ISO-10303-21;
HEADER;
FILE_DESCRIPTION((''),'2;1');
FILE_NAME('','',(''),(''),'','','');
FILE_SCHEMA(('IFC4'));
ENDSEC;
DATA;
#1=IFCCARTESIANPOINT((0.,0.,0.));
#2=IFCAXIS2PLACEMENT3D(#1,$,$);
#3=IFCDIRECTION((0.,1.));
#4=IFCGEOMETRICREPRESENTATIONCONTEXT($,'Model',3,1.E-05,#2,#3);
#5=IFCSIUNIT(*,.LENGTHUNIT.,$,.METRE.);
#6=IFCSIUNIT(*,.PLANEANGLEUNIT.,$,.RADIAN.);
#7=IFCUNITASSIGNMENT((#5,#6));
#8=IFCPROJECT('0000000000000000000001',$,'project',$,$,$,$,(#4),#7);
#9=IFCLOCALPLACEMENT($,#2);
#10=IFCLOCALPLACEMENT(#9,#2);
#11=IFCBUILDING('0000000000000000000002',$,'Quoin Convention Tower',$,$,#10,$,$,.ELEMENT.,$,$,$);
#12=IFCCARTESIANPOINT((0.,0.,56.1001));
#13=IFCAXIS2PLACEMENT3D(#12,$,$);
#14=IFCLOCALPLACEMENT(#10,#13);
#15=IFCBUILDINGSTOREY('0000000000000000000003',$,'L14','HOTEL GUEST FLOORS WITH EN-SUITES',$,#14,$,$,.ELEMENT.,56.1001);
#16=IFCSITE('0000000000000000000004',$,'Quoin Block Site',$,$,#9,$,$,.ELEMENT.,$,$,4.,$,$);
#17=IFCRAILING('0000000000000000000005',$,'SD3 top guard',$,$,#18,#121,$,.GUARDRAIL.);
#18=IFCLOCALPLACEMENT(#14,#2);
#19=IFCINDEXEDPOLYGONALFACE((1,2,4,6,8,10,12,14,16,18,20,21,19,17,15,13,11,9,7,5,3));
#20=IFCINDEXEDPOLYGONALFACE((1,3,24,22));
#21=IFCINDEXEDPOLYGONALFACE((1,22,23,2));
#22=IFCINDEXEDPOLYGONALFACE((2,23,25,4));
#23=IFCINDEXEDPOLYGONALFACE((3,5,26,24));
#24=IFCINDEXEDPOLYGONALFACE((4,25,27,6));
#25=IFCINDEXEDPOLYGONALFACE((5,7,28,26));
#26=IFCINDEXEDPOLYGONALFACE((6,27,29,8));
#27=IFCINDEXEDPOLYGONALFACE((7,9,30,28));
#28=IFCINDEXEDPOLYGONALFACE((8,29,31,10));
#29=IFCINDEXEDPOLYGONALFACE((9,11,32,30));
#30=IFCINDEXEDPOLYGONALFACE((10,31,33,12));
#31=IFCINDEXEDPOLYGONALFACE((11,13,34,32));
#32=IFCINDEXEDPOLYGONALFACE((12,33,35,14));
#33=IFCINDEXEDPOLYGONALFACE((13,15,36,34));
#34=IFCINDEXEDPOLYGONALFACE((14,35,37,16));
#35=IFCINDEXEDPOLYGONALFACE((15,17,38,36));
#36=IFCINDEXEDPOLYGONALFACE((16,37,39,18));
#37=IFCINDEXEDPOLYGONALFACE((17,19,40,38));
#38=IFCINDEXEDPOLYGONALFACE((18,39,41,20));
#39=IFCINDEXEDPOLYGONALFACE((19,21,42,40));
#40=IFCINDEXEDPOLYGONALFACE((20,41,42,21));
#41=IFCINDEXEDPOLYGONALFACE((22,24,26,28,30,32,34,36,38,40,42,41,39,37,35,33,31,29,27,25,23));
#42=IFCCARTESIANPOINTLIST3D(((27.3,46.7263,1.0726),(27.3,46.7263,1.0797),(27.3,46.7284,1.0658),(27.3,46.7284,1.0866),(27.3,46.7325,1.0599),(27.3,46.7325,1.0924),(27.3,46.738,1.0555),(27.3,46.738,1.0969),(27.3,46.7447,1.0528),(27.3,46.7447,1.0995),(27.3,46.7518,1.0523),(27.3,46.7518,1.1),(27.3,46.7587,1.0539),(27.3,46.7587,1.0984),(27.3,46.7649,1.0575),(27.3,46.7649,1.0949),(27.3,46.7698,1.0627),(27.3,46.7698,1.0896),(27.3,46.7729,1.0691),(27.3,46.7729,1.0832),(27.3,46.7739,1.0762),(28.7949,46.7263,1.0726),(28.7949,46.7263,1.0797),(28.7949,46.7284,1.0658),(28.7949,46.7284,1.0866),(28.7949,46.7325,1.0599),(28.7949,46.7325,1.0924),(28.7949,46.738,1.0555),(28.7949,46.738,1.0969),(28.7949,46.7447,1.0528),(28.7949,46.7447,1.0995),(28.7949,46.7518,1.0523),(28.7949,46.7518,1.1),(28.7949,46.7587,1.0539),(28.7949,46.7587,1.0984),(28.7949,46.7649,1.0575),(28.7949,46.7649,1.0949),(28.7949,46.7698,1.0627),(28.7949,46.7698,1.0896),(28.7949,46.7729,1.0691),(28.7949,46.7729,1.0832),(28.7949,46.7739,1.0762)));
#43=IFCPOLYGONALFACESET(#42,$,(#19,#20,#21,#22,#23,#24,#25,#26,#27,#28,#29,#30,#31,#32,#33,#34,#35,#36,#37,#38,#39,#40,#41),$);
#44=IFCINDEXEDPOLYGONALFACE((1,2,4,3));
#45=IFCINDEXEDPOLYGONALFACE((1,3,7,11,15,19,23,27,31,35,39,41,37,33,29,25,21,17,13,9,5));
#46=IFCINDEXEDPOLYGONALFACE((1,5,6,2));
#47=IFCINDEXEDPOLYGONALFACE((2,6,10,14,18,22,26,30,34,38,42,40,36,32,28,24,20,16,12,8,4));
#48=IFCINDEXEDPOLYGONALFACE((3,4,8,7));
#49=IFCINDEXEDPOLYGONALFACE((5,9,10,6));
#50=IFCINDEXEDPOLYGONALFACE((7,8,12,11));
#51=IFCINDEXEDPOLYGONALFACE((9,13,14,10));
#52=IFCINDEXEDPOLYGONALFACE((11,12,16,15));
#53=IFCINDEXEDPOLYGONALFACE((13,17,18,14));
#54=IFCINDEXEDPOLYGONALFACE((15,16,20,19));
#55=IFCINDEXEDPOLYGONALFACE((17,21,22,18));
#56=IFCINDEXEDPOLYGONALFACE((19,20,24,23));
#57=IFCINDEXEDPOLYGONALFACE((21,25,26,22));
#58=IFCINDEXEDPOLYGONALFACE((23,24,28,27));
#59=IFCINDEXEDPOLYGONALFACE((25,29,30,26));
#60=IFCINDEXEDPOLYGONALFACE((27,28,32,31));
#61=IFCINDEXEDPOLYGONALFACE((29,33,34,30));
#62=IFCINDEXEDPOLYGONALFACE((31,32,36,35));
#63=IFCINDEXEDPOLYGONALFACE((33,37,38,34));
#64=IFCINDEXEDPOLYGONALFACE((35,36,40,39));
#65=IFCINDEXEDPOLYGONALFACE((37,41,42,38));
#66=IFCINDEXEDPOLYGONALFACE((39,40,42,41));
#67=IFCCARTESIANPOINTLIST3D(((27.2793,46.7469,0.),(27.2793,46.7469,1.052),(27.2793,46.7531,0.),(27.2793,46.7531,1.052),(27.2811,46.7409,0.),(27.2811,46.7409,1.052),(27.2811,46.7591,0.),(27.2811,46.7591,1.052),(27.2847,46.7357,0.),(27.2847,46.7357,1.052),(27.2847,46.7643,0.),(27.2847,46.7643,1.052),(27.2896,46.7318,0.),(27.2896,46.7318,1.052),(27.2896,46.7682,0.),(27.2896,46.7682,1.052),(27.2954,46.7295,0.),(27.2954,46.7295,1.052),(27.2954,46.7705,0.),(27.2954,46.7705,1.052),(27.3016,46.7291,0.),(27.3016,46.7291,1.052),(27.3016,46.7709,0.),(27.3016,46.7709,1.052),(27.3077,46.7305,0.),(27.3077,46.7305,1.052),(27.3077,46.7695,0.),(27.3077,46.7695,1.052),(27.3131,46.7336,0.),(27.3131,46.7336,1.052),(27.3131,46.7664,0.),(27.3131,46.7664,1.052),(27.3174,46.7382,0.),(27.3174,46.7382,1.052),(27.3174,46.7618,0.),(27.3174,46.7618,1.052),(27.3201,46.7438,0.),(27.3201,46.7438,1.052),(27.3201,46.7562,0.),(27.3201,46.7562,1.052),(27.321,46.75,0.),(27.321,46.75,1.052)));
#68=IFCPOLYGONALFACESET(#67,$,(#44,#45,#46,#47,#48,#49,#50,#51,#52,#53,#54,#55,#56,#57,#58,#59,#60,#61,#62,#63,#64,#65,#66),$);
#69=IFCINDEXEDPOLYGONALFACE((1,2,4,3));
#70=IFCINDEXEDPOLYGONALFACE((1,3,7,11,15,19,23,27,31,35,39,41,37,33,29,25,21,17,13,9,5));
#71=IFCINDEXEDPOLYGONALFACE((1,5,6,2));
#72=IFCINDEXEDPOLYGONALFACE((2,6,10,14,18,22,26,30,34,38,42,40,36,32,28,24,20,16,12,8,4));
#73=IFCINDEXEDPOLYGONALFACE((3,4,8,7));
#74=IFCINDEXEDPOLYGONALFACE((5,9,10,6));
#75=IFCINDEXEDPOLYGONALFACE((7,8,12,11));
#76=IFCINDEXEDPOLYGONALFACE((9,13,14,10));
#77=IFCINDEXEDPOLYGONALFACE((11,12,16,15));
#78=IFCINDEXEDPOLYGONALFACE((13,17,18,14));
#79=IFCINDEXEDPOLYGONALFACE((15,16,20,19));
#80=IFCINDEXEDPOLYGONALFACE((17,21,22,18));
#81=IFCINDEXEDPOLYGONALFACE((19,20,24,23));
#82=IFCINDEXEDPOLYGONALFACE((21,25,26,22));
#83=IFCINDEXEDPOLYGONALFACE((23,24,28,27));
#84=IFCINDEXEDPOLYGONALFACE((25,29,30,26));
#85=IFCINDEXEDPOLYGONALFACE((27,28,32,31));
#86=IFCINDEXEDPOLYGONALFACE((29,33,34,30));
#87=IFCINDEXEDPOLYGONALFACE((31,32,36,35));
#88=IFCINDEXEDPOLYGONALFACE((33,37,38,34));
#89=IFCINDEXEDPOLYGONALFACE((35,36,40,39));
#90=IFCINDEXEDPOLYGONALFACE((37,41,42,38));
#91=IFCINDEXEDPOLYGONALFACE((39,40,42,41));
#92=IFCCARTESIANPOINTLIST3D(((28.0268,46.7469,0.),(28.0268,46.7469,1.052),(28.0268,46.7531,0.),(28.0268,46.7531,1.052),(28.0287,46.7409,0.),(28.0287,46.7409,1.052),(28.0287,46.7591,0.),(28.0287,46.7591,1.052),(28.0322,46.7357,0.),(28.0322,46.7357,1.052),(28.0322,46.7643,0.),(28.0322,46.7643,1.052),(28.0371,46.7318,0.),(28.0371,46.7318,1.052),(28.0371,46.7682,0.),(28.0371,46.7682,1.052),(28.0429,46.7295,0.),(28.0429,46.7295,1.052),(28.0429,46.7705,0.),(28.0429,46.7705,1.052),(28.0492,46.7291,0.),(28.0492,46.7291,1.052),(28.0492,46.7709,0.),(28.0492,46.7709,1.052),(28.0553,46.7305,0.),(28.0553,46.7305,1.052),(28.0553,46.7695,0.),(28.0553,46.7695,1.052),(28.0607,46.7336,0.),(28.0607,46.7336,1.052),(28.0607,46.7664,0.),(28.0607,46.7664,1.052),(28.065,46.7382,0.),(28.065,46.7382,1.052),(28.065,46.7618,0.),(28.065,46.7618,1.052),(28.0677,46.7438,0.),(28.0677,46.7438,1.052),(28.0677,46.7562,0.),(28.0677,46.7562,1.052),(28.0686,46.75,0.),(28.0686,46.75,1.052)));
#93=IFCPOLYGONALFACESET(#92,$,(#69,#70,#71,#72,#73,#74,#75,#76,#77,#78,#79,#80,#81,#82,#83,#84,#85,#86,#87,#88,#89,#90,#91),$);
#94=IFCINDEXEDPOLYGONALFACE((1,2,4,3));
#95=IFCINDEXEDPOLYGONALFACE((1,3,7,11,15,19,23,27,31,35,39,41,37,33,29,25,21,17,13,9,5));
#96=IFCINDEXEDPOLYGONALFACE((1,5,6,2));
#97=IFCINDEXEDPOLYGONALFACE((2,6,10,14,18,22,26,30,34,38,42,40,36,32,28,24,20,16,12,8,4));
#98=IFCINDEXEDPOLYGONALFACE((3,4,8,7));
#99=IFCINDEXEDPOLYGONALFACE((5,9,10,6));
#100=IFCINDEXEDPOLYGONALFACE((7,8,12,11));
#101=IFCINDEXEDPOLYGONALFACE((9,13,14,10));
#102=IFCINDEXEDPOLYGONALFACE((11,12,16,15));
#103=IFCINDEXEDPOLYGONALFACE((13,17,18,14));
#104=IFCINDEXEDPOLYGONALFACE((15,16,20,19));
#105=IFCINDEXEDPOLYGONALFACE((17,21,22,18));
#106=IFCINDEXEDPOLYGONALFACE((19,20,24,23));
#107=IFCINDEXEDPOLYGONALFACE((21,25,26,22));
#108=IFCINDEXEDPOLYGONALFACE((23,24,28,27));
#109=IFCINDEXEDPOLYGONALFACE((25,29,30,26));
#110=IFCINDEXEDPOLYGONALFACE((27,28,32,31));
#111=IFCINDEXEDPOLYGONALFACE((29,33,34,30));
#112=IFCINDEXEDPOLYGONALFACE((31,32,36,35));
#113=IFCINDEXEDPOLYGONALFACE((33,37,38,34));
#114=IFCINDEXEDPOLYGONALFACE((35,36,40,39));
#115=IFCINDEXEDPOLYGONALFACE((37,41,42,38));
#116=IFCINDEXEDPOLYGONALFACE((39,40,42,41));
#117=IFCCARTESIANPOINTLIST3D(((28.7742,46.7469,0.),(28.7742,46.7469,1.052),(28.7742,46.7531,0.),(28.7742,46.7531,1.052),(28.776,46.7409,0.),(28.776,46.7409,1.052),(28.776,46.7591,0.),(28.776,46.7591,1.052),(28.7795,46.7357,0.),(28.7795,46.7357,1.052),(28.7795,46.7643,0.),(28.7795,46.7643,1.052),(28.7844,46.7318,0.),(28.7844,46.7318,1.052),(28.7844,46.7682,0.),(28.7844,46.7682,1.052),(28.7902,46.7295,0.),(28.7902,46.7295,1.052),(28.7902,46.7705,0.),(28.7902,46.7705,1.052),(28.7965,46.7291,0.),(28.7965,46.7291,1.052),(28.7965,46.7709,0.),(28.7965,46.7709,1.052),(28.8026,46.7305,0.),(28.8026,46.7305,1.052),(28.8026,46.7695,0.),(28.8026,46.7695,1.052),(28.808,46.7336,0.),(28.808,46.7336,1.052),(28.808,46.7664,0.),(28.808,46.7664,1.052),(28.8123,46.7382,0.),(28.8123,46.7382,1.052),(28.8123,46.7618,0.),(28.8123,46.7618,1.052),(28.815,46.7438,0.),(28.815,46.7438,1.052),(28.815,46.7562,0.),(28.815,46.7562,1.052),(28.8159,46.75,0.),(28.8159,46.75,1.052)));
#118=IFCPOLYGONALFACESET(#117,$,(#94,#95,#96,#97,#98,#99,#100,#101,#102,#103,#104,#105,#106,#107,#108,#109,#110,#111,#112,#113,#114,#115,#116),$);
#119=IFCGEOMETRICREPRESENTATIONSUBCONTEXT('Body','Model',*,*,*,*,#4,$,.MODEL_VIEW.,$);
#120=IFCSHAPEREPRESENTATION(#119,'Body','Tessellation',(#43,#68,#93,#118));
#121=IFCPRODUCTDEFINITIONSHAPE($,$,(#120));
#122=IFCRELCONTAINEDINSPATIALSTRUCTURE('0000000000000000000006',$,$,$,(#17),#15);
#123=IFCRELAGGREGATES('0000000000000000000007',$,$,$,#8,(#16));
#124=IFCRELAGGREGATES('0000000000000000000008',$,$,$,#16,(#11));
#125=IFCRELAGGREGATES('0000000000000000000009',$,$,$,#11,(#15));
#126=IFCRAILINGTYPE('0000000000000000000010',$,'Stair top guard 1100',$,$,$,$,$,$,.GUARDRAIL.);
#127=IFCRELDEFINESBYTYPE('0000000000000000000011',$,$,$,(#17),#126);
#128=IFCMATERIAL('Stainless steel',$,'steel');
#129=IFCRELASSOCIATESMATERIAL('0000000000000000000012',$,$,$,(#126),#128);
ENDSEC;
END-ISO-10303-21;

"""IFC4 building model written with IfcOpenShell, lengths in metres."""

from ifc_helpers import new_model, si_unit, direction, frame, origin, origin_2d, place, context, subcontext, project, spatial, circle, extrude, material, type_object, element, save


model = new_model("IFC4")

# Units and contexts
model_context = context("Model", 3, precision=1e-05, world=origin(), true_north=direction((0.0, 1.0)))
body_context = subcontext(model_context, "Body", "Model", "MODEL_VIEW")
ifc_project = project(units=[si_unit("LENGTHUNIT", "METRE"), si_unit("PLANEANGLEUNIT", "RADIAN")], contexts=[model_context])

# Site, building, storey
site_placement = place(None, origin())
site = spatial("IfcSite", under=ifc_project, at=site_placement, Name="Quoin Block Site", CompositionType="ELEMENT", RefElevation=4.0)
building_placement = place(site_placement, origin())
building = spatial("IfcBuilding", under=site, at=building_placement, Name="Quoin Convention Tower", CompositionType="ELEMENT")
storey_placement = place(building_placement, frame((0.0, 0.0, 56.1001)))
storey = spatial("IfcBuildingStorey", under=building, at=storey_placement, Name="L14", Description="HOTEL GUEST FLOORS WITH EN-SUITES", CompositionType="ELEMENT", Elevation=56.1001)

# Railing
ifc_material_1 = material(Name="Stainless steel", Category="steel")
railing_type_1 = type_object("IfcRailingType", Name="Stair top guard 1100", PredefinedType="GUARDRAIL", material=ifc_material_1)
railing_placement = place(storey_placement, frame((27.3, 46.75, 0.0)))
element("IfcRailing", 1, at=railing_placement, inside=storey, type_object=railing_type_1, Name="SD3 top guard", PredefinedType="GUARDRAIL", context=body_context, shape_type="SweptSolid", body=[
    extrude(circle(Radius=0.0239, at=origin_2d()), frame((0.0, 0.0, 1.0762), z_axis=(1.0, 0.0, 0.0), x_axis=(0.0, 1.0, 0.0)), (0.0, 0.0, 1.0), 1.4949),
    extrude(circle(Radius=0.021, at=origin_2d()), origin(), (0.0, 0.0, 1.0), 1.052),
    extrude(circle(Radius=0.021, at=origin_2d()), frame((0.7476, 0.0, 0.0)), (0.0, 0.0, 1.0), 1.052),
    extrude(circle(Radius=0.021, at=origin_2d()), frame((1.4949, 0.0, 0.0)), (0.0, 0.0, 1.0), 1.052),
])

save(model, "model.ifc")
